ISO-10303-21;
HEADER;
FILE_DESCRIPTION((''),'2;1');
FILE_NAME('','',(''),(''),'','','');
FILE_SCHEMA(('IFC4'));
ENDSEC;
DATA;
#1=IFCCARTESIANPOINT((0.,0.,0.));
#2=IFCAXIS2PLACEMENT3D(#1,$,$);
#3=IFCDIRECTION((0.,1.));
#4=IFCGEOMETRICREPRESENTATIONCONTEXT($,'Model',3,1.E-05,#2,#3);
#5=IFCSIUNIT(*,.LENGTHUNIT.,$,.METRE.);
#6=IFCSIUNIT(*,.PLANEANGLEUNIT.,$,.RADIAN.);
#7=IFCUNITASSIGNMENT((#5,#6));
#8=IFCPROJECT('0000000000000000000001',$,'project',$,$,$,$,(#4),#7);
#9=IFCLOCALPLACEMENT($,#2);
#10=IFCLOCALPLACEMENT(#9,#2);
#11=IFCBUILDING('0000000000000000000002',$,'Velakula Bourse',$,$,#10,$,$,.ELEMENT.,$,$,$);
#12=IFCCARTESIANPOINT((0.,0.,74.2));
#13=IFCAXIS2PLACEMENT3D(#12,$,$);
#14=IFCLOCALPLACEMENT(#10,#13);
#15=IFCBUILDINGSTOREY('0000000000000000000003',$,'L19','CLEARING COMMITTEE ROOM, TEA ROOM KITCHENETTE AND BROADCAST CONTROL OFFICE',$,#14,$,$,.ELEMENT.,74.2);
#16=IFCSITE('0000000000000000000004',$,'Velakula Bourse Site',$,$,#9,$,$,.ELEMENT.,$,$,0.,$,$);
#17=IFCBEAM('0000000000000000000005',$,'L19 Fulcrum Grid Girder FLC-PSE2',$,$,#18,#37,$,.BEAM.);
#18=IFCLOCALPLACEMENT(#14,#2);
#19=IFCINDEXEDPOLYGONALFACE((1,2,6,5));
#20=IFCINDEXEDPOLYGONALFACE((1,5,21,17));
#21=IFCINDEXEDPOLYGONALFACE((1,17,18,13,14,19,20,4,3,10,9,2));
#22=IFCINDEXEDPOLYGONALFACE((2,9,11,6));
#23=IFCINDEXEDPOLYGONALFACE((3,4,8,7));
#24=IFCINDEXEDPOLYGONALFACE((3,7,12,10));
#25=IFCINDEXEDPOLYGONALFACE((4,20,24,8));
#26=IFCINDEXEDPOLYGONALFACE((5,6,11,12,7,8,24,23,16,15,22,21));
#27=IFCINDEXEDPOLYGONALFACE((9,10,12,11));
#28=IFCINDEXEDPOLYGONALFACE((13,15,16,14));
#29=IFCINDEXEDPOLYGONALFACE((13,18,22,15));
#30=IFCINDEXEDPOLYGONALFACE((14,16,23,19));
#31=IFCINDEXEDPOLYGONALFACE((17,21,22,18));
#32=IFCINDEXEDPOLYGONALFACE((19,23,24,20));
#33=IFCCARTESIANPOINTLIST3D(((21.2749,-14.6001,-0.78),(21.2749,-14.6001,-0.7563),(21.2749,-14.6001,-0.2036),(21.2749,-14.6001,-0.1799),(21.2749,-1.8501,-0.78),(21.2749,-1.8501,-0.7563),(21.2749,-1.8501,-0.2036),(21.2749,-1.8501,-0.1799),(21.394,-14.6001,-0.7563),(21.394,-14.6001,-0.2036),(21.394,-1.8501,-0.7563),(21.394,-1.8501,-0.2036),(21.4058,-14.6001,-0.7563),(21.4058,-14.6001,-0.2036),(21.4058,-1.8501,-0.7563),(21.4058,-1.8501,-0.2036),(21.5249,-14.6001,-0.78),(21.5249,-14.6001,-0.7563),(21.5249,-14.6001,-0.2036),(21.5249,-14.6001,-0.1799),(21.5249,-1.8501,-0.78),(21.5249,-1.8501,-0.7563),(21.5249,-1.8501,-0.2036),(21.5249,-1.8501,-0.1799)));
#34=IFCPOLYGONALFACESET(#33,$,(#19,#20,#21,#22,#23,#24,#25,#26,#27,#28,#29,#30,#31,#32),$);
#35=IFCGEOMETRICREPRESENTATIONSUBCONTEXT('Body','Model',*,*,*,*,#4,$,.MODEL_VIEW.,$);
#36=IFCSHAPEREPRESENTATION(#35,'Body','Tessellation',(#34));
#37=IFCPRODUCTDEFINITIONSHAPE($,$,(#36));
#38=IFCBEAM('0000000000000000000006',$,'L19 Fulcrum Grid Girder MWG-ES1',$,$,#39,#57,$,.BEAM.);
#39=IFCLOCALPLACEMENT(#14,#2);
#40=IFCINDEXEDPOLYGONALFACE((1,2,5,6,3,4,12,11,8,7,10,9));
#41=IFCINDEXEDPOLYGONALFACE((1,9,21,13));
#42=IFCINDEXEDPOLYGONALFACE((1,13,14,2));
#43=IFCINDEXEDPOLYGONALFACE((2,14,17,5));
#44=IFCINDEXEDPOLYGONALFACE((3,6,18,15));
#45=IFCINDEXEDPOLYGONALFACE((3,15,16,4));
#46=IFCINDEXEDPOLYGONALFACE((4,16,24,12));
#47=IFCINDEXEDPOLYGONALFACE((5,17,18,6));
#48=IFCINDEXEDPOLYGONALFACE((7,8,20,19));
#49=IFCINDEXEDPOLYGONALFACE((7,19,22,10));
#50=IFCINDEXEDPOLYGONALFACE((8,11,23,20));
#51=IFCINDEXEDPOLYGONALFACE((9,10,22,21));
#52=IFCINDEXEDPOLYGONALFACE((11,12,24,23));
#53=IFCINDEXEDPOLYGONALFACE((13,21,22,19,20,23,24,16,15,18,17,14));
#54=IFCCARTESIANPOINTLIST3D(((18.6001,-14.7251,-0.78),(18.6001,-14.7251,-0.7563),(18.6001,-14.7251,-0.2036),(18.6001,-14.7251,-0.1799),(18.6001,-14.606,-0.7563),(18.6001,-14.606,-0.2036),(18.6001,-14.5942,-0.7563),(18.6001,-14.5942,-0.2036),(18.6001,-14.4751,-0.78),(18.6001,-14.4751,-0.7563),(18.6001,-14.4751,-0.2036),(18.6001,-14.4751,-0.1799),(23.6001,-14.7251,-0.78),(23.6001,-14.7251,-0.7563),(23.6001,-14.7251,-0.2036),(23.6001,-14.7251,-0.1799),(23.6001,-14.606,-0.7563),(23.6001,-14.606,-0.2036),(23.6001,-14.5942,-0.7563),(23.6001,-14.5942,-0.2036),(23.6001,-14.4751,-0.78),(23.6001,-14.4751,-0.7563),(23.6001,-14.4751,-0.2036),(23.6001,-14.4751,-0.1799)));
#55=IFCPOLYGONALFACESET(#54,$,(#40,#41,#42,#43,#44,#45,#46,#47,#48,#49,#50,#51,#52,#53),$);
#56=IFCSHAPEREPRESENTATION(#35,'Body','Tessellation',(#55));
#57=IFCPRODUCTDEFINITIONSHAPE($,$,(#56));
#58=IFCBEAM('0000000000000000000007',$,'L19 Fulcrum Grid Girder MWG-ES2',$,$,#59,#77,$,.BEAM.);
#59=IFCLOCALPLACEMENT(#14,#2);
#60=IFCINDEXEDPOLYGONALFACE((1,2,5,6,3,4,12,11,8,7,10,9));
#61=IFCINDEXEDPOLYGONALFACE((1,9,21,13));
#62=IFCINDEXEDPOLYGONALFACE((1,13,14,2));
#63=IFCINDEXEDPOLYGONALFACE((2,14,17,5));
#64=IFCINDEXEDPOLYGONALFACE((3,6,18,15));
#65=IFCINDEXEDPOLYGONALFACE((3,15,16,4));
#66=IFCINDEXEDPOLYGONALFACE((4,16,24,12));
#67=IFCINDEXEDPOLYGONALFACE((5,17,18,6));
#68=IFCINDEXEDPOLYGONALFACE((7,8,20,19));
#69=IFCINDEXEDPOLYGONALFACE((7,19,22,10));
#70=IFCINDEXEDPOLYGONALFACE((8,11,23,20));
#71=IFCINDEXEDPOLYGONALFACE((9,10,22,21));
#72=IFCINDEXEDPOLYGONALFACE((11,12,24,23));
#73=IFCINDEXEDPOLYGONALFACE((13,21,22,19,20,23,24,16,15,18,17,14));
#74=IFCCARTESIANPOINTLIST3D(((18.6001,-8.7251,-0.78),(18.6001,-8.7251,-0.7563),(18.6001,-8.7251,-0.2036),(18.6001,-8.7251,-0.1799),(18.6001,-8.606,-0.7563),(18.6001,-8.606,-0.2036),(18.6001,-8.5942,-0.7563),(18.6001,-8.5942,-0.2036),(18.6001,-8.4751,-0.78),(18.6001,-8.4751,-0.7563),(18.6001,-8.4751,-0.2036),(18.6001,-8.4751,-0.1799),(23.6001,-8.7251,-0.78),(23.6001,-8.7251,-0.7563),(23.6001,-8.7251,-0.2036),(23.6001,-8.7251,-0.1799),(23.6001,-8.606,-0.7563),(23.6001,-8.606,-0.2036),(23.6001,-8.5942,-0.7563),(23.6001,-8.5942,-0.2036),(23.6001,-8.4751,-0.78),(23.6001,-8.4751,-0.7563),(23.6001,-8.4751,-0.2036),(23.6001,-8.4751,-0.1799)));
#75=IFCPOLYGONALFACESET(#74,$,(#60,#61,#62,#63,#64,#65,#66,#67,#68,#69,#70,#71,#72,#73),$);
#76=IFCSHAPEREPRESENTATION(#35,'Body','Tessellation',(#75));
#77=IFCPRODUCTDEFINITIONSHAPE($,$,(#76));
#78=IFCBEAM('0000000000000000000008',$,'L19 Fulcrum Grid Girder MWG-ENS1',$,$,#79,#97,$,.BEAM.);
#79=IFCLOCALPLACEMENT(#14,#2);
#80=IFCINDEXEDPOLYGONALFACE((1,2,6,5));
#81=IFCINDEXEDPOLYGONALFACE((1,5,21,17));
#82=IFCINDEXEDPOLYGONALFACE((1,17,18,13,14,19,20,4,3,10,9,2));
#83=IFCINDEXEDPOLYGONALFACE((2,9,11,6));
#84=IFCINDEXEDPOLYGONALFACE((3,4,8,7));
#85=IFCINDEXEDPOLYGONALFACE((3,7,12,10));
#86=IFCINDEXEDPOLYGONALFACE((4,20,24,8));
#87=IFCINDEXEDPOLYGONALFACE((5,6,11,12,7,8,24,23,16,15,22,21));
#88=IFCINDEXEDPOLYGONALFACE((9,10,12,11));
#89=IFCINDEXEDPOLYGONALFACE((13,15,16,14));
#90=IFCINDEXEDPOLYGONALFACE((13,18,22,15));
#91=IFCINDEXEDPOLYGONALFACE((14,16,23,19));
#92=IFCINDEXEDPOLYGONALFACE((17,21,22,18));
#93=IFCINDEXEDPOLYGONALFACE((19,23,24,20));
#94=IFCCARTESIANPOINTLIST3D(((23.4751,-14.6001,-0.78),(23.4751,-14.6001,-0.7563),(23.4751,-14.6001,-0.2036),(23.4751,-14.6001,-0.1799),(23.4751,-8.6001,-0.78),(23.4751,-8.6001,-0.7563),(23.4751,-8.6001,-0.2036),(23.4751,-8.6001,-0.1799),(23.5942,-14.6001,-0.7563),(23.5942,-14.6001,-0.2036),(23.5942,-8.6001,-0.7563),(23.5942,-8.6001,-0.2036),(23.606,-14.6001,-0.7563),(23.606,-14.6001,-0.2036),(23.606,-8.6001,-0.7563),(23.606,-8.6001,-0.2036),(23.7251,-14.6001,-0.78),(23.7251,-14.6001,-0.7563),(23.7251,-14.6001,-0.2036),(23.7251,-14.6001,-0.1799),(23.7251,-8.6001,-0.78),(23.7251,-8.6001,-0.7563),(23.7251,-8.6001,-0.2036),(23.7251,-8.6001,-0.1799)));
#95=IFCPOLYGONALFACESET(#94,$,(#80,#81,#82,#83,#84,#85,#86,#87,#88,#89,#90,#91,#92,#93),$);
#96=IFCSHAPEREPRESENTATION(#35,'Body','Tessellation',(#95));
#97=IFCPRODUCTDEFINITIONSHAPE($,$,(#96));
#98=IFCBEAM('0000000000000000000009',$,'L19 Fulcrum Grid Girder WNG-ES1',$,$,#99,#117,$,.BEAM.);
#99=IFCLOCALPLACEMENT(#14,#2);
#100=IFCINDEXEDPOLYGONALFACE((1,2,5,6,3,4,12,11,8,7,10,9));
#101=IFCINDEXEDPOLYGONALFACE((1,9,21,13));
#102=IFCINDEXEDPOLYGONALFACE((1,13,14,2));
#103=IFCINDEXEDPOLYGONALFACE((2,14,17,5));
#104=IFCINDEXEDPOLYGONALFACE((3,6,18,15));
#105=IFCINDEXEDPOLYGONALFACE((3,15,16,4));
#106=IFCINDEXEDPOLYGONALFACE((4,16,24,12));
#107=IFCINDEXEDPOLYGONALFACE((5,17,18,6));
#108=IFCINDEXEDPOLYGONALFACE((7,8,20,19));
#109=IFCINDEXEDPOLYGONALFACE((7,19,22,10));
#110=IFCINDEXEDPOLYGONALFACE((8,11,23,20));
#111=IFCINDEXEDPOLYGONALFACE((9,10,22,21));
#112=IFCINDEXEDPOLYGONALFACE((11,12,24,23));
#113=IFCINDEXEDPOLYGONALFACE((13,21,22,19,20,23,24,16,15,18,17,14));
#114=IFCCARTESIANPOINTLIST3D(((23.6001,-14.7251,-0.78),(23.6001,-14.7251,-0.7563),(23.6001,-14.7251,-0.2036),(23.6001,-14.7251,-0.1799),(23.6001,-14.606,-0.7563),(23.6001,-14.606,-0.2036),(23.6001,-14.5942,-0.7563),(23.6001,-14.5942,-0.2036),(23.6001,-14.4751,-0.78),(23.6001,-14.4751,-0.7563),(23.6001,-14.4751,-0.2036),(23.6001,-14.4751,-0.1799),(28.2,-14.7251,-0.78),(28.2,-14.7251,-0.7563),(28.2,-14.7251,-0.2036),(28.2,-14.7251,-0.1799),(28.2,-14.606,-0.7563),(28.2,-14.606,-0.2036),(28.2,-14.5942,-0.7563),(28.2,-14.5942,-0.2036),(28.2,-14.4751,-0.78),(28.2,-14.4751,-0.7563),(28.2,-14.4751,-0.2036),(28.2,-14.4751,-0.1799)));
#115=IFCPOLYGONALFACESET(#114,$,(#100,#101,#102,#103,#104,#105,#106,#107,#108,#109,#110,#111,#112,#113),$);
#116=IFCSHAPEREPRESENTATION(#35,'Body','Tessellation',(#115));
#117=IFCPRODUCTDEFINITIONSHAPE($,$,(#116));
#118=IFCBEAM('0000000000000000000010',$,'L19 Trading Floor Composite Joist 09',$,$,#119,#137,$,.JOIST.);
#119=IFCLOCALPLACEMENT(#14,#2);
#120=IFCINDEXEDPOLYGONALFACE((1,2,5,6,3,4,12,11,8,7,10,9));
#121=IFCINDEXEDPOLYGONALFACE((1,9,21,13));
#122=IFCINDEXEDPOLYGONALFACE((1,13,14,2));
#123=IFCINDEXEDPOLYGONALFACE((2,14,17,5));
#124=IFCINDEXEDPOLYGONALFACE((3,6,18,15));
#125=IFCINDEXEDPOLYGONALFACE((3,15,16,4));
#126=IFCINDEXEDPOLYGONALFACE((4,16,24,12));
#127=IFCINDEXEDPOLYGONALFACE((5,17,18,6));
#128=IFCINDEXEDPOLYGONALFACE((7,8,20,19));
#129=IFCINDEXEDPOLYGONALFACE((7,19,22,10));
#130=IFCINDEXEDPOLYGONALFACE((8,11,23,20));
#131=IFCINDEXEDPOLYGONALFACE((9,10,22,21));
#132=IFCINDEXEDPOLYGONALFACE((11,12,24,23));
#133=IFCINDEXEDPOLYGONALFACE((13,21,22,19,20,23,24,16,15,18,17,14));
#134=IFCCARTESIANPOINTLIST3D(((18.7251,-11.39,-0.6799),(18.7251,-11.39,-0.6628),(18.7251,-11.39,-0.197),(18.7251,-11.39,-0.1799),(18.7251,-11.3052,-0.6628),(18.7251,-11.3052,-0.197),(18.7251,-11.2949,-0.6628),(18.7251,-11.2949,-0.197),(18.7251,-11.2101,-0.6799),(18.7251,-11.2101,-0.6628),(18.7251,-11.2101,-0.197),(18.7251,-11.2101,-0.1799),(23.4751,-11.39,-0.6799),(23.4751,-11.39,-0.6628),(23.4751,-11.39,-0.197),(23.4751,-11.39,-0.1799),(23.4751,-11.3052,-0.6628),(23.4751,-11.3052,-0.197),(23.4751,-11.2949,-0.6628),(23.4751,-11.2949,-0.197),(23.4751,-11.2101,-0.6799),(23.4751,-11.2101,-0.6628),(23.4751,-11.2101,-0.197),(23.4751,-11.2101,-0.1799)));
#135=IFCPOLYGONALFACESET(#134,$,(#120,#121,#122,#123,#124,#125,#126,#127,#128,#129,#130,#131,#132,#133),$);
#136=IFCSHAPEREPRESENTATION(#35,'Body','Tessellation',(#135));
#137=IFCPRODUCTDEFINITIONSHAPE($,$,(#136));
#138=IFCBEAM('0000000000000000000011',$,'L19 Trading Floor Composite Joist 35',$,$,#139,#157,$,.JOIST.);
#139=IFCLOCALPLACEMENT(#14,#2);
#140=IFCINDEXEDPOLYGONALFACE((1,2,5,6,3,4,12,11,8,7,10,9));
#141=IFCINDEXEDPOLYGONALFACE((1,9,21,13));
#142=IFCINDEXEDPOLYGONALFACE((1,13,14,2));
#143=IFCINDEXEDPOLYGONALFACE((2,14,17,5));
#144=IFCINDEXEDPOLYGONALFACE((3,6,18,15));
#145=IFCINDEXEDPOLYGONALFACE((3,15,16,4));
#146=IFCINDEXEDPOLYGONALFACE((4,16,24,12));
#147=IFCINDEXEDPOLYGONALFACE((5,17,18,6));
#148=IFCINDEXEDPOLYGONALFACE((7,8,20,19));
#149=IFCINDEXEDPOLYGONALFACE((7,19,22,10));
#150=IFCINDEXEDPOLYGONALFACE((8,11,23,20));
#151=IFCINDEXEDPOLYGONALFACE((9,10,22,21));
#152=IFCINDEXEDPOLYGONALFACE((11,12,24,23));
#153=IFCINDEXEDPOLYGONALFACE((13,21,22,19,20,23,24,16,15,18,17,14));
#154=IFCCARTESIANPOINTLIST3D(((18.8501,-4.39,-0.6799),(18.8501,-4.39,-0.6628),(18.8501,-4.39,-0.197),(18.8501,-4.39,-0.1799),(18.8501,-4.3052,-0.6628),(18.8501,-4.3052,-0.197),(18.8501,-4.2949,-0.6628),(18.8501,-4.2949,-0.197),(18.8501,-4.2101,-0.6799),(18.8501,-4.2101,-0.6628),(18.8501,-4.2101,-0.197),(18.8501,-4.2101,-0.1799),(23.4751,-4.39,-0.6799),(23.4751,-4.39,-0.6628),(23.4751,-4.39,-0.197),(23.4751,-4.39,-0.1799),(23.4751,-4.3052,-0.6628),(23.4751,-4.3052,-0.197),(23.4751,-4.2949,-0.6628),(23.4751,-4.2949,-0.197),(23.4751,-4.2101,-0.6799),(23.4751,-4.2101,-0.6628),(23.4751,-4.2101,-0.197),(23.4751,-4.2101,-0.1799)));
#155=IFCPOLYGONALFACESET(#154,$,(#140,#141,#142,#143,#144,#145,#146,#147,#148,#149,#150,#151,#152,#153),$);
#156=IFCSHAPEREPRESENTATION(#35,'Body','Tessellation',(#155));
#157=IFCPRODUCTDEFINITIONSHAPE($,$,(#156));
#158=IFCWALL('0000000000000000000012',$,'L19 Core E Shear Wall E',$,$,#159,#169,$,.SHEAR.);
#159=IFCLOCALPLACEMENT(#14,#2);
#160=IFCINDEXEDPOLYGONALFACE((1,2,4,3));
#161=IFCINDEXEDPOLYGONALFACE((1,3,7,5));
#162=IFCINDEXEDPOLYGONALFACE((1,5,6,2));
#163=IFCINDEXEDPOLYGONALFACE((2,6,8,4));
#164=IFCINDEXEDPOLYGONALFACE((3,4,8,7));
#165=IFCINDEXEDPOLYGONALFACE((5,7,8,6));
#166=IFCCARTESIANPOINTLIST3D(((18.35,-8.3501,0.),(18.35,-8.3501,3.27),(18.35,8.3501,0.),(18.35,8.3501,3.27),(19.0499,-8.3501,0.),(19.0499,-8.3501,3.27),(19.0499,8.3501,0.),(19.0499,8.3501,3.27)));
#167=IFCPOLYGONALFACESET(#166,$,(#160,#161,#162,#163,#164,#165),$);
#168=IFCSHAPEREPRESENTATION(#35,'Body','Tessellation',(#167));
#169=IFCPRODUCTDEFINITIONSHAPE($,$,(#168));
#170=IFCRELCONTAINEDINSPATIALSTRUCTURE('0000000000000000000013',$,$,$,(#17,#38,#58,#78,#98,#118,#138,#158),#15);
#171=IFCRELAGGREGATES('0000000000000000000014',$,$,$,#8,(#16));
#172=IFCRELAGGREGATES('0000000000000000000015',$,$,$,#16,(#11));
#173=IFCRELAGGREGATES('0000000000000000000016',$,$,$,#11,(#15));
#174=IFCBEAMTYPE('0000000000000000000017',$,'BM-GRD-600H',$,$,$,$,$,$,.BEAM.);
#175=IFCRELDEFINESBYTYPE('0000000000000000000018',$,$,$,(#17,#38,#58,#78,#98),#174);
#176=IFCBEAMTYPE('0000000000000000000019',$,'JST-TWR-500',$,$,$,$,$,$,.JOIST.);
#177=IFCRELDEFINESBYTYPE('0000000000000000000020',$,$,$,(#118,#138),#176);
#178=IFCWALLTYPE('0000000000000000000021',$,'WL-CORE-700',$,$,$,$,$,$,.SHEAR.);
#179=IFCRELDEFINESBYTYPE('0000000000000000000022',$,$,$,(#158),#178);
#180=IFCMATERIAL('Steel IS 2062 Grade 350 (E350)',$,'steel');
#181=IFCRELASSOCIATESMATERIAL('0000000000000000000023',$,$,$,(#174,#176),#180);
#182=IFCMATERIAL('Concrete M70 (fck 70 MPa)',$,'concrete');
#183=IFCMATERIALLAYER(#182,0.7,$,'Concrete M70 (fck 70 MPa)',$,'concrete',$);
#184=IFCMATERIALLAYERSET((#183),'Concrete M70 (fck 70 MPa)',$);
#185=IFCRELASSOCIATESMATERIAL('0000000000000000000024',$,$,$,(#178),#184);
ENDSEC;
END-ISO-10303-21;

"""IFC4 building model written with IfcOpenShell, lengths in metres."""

from ifc_helpers import new_model, si_unit, direction, frame, frame_2d, origin, origin_2d, place, context, subcontext, project, spatial, rectangle, i_section, extrude, material, layer, layer_set, material_profile, profile_set, type_object, element, save


model = new_model("IFC4")

# Units and contexts
model_context = context("Model", 3, precision=1e-05, world=origin(), true_north=direction((0.0, 1.0)))
body_context = subcontext(model_context, "Body", "Model", "MODEL_VIEW")
ifc_project = project(units=[si_unit("LENGTHUNIT", "METRE"), si_unit("PLANEANGLEUNIT", "RADIAN")], contexts=[model_context])

# Site, building, storey
site_placement = place(None, origin())
site = spatial("IfcSite", under=ifc_project, at=site_placement, Name="Velakula Bourse Site", CompositionType="ELEMENT", RefElevation=0.0)
building_placement = place(site_placement, origin())
building = spatial("IfcBuilding", under=site, at=building_placement, Name="Velakula Bourse", CompositionType="ELEMENT")
storey_placement = place(building_placement, frame((0.0, 0.0, 74.2)))
storey = spatial("IfcBuildingStorey", under=building, at=storey_placement, Name="L19", Description="CLEARING COMMITTEE ROOM, TEA ROOM KITCHENETTE AND BROADCAST CONTROL OFFICE", CompositionType="ELEMENT", Elevation=74.2)

# Shared definitions
ifc_material_1 = material(Name="Concrete M70 (fck 70 MPa)", Category="concrete")

# Beams
ifc_material_2 = material(Name="Steel IS 2062 Grade 350 (E350)", Category="steel")
ifc_material_profile_1 = material_profile(ifc_material_2, i_section(OverallWidth=0.25, OverallDepth=0.6001, WebThickness=0.0117, FlangeThickness=0.0237, at=origin_2d()), Name="Steel IS 2062 Grade 350 (E350)")
ifc_profile_set_1 = profile_set([ifc_material_profile_1], Name="Steel IS 2062 Grade 350 (E350)")
beam_type_1 = type_object("IfcBeamType", Name="BM-GRD-600H", PredefinedType="BEAM", material=ifc_profile_set_1)
for number, where, z_axis, x_axis, name in (
    (1, (21.3999, -14.6001, -0.48), (0.0, 1.0, 0.0), (-1.0, 0.0, 0.0), "L19 Fulcrum Grid Girder FLC-PSE2"),
):
    element("IfcBeam", number, at=place(storey_placement, frame(where, z_axis=z_axis, x_axis=x_axis)), inside=storey, type_object=beam_type_1, Name=name, PredefinedType="BEAM", context=body_context, shape_type="SweptSolid", body=[
        extrude(i_section(OverallWidth=0.25, OverallDepth=0.6001, WebThickness=0.0117, FlangeThickness=0.0237, at=origin_2d()), origin(), (0.0, 0.0, 1.0), 12.75),
    ])
for number, where, z_axis, x_axis, name in (
    (2, (18.6001, -14.6001, -0.48), (1.0, 0.0, 0.0), (0.0, 1.0, 0.0), "L19 Fulcrum Grid Girder MWG-ES1"),
    (3, (18.6001, -8.6001, -0.48), (1.0, 0.0, 0.0), (0.0, 1.0, 0.0), "L19 Fulcrum Grid Girder MWG-ES2"),
):
    element("IfcBeam", number, at=place(storey_placement, frame(where, z_axis=z_axis, x_axis=x_axis)), inside=storey, type_object=beam_type_1, Name=name, PredefinedType="BEAM", context=body_context, shape_type="SweptSolid", body=[
        extrude(i_section(OverallWidth=0.25, OverallDepth=0.6001, WebThickness=0.0117, FlangeThickness=0.0237, at=origin_2d()), origin(), (0.0, 0.0, 1.0), 5.0),
    ])
beam_1_placement = place(storey_placement, frame((23.6001, -14.6001, -0.48), z_axis=(0.0, 1.0, 0.0), x_axis=(-1.0, 0.0, 0.0)))
element("IfcBeam", 4, at=beam_1_placement, inside=storey, type_object=beam_type_1, Name="L19 Fulcrum Grid Girder MWG-ENS1", PredefinedType="BEAM", context=body_context, shape_type="SweptSolid", body=[
    extrude(i_section(OverallWidth=0.25, OverallDepth=0.6001, WebThickness=0.0117, FlangeThickness=0.0237, at=origin_2d()), origin(), (0.0, 0.0, 1.0), 6.0),
])
beam_2_placement = place(storey_placement, frame((23.6001, -14.6001, -0.48), z_axis=(1.0, 0.0, 0.0), x_axis=(0.0, 1.0, 0.0)))
element("IfcBeam", 5, at=beam_2_placement, inside=storey, type_object=beam_type_1, Name="L19 Fulcrum Grid Girder WNG-ES1", PredefinedType="BEAM", context=body_context, shape_type="SweptSolid", body=[
    extrude(i_section(OverallWidth=0.25, OverallDepth=0.6001, WebThickness=0.0117, FlangeThickness=0.0237, at=origin_2d()), origin(), (0.0, 0.0, 1.0), 4.5999),
])
ifc_material_profile_2 = material_profile(ifc_material_2, i_section(OverallWidth=0.1799, OverallDepth=0.5, WebThickness=0.0103, FlangeThickness=0.0171, at=origin_2d()), Name="Steel IS 2062 Grade 350 (E350)")
ifc_profile_set_2 = profile_set([ifc_material_profile_2], Name="Steel IS 2062 Grade 350 (E350)")
beam_type_2 = type_object("IfcBeamType", Name="JST-TWR-500", PredefinedType="JOIST", material=ifc_profile_set_2)
beam_3_placement = place(storey_placement, frame((18.7251, -11.3, -0.4299), z_axis=(1.0, 0.0, 0.0), x_axis=(0.0, 1.0, 0.0)))
element("IfcBeam", 6, at=beam_3_placement, inside=storey, type_object=beam_type_2, Name="L19 Trading Floor Composite Joist 09", PredefinedType="JOIST", context=body_context, shape_type="SweptSolid", body=[
    extrude(i_section(OverallWidth=0.1799, OverallDepth=0.5, WebThickness=0.0103, FlangeThickness=0.0171, at=origin_2d()), origin(), (0.0, 0.0, 1.0), 4.75),
])
beam_4_placement = place(storey_placement, frame((18.8501, -4.3, -0.4299), z_axis=(1.0, 0.0, 0.0), x_axis=(0.0, 1.0, 0.0)))
element("IfcBeam", 7, at=beam_4_placement, inside=storey, type_object=beam_type_2, Name="L19 Trading Floor Composite Joist 35", PredefinedType="JOIST", context=body_context, shape_type="SweptSolid", body=[
    extrude(i_section(OverallWidth=0.1799, OverallDepth=0.5, WebThickness=0.0103, FlangeThickness=0.0171, at=origin_2d()), origin(), (0.0, 0.0, 1.0), 4.625),
])

# Wall
ifc_layer_1 = layer(ifc_material_1, 0.7, Name="Concrete M70 (fck 70 MPa)", Category="concrete")
ifc_layer_set_1 = layer_set([ifc_layer_1], Name="Concrete M70 (fck 70 MPa)")
wall_type_1 = type_object("IfcWallType", Name="WL-CORE-700", PredefinedType="SHEAR", material=ifc_layer_set_1)
wall_1_placement = place(storey_placement, frame((18.7, -8.3501, 0.0), z_axis=(0.0, 0.0, 1.0), x_axis=(0.0, 1.0, 0.0)))
element("IfcWall", 8, at=wall_1_placement, inside=storey, type_object=wall_type_1, Name="L19 Core E Shear Wall E", PredefinedType="SHEAR", context=body_context, shape_type="SweptSolid", body=[
    extrude(rectangle(XDim=16.7002, YDim=0.7, at=frame_2d((8.3501, 0.0))), origin(), (0.0, 0.0, 1.0), 3.27),
])

save(model, "model.ifc")
